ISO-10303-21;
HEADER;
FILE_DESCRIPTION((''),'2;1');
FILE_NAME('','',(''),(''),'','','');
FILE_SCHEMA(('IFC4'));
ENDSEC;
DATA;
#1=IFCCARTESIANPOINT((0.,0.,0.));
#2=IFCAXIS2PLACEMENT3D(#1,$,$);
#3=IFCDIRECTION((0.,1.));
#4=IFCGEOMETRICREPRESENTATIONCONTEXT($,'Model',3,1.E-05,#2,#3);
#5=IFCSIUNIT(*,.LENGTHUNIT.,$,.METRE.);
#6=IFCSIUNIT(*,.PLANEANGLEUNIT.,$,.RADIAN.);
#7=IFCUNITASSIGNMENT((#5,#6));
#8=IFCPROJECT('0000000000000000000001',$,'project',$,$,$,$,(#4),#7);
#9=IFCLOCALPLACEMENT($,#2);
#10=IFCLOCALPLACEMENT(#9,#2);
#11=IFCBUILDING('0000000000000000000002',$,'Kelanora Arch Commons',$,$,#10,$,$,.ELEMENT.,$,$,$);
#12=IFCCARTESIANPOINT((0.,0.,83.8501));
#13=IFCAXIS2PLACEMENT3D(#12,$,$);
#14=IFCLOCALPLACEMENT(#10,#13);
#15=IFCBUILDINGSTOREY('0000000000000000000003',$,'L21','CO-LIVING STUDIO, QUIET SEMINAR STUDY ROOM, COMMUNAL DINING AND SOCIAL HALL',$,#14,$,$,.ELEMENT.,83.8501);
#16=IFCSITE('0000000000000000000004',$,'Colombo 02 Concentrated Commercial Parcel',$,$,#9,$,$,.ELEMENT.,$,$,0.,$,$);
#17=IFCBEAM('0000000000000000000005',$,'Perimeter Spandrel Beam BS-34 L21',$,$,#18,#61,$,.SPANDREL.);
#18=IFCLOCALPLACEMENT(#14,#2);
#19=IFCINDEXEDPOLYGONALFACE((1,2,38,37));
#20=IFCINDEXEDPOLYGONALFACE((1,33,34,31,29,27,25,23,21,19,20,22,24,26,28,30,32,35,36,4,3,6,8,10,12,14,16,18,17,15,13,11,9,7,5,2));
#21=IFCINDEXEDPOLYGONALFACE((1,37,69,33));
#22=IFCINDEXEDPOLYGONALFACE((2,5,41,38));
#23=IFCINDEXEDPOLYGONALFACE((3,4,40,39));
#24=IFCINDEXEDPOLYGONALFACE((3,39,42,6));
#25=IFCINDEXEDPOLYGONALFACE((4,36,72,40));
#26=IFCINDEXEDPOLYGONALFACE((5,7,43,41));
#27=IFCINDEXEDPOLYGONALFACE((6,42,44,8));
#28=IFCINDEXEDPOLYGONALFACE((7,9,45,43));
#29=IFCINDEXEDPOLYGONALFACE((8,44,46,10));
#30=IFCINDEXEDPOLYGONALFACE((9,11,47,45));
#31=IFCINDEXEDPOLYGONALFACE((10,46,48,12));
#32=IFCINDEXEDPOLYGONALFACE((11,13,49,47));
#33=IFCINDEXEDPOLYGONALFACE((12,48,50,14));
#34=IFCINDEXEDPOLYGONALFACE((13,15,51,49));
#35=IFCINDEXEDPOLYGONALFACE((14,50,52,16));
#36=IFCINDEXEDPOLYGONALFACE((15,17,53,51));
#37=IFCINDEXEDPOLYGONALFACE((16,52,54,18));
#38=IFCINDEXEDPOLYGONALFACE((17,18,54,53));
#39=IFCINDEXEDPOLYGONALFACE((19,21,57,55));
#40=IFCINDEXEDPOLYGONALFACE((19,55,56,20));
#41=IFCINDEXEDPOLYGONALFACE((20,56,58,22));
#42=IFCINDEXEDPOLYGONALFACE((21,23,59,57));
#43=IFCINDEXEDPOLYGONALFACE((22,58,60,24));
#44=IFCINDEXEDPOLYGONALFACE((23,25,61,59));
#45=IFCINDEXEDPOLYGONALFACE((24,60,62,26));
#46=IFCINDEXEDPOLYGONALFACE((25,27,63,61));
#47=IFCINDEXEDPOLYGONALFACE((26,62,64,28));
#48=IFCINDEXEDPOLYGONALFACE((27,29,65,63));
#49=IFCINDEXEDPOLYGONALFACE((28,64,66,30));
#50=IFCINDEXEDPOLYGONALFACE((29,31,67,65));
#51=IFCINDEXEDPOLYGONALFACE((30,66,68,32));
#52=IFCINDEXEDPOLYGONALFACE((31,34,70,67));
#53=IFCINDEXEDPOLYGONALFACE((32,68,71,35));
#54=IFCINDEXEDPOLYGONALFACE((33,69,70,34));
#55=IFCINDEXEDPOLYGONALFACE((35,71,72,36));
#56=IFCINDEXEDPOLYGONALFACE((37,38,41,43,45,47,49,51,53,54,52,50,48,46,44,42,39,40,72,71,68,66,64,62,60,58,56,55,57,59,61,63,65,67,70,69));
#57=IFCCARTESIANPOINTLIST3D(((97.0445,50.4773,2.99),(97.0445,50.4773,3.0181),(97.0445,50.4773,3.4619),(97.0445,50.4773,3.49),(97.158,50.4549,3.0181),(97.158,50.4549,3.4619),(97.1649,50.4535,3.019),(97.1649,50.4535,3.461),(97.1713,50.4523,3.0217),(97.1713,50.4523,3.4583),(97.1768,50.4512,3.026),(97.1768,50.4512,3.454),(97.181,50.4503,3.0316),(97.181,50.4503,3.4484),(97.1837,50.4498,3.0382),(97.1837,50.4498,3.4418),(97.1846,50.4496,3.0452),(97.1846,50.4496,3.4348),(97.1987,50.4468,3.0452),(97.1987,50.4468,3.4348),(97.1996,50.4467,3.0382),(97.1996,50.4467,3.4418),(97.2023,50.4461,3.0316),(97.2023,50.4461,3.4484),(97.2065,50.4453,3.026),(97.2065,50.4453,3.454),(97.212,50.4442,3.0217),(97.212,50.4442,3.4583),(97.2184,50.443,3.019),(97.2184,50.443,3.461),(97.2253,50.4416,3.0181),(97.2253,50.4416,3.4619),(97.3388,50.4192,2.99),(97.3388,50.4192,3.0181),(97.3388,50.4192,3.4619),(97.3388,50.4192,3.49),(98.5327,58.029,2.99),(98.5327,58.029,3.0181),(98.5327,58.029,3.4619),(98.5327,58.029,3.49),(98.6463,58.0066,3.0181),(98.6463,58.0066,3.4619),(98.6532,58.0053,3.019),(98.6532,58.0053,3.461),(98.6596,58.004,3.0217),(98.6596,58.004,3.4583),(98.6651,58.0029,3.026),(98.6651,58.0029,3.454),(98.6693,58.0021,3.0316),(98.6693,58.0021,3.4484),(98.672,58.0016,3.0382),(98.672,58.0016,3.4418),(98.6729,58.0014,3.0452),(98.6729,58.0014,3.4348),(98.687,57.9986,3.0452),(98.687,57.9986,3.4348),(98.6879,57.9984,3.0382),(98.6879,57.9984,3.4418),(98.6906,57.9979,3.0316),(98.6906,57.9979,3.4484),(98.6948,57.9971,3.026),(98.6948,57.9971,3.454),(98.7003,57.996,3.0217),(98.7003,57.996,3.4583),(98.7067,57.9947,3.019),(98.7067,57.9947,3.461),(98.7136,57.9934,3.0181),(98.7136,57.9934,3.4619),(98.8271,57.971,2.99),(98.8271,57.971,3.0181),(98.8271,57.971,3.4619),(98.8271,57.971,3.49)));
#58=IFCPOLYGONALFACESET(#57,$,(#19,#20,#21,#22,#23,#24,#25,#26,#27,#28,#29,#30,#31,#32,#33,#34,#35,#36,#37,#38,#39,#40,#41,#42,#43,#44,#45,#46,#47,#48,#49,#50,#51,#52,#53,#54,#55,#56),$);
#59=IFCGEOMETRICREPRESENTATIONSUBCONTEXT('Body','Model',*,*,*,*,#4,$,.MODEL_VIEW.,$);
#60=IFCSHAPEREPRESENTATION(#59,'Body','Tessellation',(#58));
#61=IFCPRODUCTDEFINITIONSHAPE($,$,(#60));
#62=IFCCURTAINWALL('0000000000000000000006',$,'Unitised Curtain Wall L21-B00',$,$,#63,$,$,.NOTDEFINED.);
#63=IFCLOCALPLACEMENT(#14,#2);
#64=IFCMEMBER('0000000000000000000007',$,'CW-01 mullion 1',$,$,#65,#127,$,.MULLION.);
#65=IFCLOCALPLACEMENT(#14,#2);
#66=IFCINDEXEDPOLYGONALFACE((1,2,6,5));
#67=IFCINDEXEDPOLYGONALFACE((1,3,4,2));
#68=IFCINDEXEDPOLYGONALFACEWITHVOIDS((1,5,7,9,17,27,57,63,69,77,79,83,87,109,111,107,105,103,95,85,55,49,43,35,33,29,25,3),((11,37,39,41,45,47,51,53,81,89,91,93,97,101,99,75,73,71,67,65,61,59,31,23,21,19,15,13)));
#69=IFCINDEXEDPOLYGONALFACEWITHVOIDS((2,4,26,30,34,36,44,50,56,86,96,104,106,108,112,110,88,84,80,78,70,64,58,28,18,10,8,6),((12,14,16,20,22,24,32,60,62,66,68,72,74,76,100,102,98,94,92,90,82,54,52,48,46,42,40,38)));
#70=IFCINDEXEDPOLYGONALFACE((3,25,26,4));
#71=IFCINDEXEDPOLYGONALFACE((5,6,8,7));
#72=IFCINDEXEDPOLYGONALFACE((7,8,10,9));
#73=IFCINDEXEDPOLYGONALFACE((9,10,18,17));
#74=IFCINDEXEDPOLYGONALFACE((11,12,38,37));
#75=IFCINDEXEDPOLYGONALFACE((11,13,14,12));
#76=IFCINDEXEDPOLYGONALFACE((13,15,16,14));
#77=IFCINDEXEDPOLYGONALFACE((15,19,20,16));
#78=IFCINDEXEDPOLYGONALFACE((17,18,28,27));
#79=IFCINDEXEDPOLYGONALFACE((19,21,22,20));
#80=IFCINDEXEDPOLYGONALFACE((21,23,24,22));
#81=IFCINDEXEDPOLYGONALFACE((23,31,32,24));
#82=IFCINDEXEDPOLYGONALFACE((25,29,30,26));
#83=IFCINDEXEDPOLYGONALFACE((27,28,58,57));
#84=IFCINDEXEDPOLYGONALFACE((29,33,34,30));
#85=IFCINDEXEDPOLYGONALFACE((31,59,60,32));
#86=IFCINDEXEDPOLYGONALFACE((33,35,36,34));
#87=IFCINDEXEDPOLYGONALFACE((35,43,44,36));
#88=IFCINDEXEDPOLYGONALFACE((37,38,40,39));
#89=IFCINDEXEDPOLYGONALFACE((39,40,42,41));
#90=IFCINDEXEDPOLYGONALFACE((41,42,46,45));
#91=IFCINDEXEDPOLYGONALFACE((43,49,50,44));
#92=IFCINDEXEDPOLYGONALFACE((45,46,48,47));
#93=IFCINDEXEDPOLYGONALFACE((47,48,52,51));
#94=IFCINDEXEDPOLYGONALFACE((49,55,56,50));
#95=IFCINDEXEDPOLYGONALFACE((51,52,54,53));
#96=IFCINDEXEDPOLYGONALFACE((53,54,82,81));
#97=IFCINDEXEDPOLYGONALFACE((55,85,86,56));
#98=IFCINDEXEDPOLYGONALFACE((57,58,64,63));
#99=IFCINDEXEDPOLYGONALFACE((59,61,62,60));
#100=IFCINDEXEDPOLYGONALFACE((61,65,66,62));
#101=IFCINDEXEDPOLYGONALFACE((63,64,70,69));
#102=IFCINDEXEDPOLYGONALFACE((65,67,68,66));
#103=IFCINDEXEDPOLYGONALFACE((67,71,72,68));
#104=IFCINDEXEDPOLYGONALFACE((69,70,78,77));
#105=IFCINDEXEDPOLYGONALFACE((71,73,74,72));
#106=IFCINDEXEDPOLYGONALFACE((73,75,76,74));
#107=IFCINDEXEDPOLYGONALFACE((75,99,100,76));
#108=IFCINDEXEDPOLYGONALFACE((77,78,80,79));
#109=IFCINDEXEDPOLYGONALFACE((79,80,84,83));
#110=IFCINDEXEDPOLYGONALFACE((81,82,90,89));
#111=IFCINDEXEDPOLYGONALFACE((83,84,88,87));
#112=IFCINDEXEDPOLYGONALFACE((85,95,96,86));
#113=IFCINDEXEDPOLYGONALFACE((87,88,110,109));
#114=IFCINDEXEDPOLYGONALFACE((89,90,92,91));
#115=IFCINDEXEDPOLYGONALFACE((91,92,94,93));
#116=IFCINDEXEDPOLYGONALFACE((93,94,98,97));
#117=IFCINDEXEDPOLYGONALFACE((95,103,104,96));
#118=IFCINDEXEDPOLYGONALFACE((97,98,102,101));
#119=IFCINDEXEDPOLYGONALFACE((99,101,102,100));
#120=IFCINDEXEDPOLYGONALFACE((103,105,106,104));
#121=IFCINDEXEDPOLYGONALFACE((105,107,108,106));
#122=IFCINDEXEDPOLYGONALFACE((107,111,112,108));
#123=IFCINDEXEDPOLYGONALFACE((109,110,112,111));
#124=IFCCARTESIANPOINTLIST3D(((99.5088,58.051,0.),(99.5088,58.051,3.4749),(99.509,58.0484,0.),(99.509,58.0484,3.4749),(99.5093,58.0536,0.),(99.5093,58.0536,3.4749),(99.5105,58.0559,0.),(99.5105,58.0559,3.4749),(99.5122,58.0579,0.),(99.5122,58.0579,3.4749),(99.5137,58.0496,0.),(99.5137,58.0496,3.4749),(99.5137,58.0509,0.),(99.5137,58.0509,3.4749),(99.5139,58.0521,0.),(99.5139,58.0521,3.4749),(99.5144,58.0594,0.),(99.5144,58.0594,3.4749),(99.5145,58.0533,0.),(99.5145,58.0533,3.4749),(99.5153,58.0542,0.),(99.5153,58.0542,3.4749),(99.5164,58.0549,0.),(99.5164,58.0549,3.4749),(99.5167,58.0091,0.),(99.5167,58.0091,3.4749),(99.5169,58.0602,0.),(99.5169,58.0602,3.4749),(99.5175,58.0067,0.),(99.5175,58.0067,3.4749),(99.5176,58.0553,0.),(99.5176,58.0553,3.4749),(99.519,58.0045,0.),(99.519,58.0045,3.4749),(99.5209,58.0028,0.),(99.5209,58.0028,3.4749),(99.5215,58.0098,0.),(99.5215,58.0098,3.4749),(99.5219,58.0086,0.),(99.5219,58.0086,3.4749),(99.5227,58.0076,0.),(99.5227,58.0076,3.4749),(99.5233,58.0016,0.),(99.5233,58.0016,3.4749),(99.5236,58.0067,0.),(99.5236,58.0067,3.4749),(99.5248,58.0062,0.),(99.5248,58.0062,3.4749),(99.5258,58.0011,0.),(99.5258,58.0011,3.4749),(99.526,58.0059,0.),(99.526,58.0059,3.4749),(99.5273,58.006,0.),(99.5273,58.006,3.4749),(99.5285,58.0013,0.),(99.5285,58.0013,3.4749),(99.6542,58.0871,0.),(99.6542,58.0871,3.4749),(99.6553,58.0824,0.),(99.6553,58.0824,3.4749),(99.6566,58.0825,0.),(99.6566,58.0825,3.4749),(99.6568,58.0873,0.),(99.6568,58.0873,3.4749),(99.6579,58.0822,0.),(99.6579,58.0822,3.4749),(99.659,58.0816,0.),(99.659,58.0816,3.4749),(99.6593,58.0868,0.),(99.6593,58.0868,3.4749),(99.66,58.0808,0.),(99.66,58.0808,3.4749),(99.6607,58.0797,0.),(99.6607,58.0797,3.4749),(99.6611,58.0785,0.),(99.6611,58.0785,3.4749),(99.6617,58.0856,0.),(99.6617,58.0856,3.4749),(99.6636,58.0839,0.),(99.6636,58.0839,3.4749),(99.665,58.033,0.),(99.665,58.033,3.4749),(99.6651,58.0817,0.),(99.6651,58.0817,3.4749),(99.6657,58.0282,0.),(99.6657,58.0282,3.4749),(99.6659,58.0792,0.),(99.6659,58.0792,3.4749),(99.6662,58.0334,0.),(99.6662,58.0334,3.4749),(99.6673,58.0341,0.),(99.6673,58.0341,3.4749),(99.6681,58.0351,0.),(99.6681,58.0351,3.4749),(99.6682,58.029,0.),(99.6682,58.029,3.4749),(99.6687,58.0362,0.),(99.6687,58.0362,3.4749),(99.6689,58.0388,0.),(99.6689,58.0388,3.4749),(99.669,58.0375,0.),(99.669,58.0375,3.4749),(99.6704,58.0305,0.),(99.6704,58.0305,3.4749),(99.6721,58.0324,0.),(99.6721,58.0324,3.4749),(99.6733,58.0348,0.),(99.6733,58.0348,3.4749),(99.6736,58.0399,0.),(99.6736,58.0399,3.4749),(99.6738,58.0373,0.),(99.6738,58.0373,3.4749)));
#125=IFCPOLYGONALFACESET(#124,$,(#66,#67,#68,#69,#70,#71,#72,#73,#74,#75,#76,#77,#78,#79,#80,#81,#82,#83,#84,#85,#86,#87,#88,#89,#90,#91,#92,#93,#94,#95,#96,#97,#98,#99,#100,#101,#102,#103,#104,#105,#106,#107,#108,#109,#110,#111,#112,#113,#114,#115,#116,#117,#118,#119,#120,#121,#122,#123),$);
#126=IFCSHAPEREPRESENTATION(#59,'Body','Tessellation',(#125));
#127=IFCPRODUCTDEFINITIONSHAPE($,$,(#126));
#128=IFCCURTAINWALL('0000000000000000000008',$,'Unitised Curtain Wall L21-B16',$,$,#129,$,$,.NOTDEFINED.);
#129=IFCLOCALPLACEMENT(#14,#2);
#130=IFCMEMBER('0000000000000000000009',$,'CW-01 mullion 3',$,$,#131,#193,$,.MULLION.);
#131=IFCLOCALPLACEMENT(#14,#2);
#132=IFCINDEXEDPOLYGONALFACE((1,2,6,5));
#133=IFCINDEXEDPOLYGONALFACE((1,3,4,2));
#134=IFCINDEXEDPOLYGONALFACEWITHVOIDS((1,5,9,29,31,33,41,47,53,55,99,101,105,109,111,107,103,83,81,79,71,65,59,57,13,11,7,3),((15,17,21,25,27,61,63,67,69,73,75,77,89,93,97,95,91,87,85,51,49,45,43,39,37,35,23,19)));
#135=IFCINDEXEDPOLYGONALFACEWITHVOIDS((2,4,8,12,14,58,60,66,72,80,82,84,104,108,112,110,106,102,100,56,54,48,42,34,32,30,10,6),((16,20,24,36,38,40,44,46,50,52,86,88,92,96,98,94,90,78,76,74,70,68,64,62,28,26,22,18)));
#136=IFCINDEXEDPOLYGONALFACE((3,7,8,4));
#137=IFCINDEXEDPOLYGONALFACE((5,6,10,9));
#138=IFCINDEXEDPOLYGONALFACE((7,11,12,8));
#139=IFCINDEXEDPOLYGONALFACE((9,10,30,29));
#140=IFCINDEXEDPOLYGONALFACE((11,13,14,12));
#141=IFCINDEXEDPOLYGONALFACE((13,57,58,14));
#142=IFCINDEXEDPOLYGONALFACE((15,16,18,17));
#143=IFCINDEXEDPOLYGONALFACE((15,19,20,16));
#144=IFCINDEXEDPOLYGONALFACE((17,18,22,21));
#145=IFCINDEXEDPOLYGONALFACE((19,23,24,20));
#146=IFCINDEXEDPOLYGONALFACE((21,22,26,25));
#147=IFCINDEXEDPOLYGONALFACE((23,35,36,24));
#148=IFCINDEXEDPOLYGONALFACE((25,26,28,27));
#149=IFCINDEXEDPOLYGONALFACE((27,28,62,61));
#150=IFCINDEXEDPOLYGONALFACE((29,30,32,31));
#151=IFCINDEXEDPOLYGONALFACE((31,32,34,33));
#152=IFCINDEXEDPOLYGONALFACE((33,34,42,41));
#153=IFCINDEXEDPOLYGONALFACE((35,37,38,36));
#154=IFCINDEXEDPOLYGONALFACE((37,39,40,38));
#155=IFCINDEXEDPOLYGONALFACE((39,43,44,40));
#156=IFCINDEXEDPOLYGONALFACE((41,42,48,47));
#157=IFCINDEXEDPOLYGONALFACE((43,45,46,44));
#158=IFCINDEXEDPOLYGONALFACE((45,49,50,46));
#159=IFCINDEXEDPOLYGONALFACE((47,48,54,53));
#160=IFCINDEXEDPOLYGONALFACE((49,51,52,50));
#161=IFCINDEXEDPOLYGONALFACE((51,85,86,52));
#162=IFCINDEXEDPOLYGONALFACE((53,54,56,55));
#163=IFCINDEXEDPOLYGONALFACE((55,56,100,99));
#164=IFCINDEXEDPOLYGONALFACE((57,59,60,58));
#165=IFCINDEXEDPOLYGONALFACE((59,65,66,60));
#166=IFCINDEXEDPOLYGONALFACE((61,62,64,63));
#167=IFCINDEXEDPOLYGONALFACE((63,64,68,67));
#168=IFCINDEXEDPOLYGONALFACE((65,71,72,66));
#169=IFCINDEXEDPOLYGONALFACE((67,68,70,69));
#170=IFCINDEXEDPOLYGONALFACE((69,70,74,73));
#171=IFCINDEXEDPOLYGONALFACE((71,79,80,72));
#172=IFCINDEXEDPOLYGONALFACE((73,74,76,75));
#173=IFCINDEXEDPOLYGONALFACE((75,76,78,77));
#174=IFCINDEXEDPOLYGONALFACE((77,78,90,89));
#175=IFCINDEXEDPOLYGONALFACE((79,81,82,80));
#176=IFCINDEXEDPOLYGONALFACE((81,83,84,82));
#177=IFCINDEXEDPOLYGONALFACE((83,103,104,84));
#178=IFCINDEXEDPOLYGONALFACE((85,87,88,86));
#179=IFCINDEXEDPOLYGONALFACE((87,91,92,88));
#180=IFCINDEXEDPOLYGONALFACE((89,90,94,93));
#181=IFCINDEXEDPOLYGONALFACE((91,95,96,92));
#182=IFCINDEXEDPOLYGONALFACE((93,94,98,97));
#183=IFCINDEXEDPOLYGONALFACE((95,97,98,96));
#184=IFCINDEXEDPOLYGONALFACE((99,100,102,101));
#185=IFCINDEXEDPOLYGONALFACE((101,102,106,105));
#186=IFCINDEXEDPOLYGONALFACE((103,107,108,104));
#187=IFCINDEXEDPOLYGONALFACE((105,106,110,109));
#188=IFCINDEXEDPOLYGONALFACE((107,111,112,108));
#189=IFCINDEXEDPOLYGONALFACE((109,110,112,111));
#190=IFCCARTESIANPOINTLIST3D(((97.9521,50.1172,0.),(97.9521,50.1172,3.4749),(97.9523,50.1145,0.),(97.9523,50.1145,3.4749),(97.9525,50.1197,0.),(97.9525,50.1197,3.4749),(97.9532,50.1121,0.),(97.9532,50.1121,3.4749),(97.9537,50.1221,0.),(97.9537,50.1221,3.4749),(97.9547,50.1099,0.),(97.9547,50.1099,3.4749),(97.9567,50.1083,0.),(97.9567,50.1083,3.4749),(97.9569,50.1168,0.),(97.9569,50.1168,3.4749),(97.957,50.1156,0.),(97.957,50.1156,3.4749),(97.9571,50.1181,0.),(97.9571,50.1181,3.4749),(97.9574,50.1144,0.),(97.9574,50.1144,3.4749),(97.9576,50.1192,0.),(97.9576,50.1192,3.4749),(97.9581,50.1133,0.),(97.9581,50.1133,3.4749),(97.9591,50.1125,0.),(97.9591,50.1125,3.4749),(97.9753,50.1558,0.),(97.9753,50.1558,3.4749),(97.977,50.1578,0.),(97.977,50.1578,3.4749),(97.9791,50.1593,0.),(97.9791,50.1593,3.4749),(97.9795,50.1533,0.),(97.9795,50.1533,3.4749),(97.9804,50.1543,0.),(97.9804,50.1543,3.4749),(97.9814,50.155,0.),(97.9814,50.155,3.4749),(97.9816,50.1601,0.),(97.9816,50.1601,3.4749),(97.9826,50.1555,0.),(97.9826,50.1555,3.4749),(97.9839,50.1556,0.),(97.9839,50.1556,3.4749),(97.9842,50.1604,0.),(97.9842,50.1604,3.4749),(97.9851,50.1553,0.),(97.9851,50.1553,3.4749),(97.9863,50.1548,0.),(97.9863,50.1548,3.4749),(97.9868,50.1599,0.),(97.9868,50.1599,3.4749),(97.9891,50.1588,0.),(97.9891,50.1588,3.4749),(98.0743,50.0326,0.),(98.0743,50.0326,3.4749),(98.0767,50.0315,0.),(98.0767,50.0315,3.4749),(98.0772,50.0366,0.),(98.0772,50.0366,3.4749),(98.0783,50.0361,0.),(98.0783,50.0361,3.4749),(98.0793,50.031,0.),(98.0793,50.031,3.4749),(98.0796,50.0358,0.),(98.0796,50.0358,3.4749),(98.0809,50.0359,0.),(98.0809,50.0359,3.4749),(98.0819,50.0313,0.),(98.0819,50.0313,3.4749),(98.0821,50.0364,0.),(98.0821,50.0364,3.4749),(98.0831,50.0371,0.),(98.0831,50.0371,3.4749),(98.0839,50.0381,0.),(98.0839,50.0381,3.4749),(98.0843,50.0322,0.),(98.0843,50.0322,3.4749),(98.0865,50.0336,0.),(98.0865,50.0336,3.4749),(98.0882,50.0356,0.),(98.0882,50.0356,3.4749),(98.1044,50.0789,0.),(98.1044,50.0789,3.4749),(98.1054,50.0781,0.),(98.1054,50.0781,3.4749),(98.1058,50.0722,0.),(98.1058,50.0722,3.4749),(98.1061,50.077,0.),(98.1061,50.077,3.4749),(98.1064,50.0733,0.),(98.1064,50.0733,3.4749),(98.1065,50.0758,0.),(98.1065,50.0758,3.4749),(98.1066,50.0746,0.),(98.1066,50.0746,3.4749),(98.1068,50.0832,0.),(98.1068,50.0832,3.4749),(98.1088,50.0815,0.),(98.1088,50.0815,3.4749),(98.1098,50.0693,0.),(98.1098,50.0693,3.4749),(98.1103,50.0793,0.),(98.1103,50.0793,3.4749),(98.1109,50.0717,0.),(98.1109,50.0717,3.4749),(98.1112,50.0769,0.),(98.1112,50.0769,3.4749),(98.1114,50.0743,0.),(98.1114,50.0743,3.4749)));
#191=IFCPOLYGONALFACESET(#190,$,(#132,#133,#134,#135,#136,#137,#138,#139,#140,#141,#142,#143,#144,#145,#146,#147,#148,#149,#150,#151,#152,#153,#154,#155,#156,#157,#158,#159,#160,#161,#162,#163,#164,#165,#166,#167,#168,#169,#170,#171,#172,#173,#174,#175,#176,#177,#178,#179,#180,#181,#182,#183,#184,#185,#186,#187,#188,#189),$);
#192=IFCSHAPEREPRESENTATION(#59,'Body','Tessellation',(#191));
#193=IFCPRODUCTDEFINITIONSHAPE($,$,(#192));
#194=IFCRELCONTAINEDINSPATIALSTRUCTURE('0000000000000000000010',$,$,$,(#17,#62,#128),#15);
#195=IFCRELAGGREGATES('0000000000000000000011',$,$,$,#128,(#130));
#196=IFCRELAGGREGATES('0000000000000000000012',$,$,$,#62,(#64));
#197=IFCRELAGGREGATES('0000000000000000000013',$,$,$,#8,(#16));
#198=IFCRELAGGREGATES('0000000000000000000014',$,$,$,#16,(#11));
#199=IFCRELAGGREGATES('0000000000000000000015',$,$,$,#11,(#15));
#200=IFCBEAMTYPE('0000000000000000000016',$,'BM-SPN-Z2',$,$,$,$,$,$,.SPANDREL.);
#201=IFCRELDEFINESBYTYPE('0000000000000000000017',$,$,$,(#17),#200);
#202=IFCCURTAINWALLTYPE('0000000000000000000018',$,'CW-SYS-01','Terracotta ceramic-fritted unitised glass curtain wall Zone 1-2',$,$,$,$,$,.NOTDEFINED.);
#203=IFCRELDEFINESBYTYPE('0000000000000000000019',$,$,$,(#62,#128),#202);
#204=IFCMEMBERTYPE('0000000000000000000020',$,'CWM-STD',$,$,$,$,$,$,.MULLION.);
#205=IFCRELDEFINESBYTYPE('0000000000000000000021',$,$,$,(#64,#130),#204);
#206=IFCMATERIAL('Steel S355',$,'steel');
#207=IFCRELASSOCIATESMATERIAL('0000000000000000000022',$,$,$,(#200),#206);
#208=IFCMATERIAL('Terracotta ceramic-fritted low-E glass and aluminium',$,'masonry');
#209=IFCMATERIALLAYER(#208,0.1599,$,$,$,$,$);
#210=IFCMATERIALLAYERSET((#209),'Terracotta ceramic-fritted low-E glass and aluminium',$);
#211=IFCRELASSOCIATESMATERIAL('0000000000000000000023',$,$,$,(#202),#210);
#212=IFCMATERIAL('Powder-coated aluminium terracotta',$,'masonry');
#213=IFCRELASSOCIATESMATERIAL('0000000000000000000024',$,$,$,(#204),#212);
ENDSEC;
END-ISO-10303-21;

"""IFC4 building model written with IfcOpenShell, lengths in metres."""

from ifc_helpers import new_model, si_unit, direction, frame, origin, origin_2d, place, context, subcontext, project, spatial, hollow_rectangle, i_section, extrude, material, layer, layer_set, material_profile, profile_set, type_object, element, aggregate, save


model = new_model("IFC4")

# Units and contexts
model_context = context("Model", 3, precision=1e-05, world=origin(), true_north=direction((0.0, 1.0)))
body_context = subcontext(model_context, "Body", "Model", "MODEL_VIEW")
ifc_project = project(units=[si_unit("LENGTHUNIT", "METRE"), si_unit("PLANEANGLEUNIT", "RADIAN")], contexts=[model_context])

# Site, building, storey
site_placement = place(None, origin())
site = spatial("IfcSite", under=ifc_project, at=site_placement, Name="Colombo 02 Concentrated Commercial Parcel", CompositionType="ELEMENT", RefElevation=0.0)
building_placement = place(site_placement, origin())
building = spatial("IfcBuilding", under=site, at=building_placement, Name="Kelanora Arch Commons", CompositionType="ELEMENT")
storey_placement = place(building_placement, frame((0.0, 0.0, 83.8501)))
storey = spatial("IfcBuildingStorey", under=building, at=storey_placement, Name="L21", Description="CO-LIVING STUDIO, QUIET SEMINAR STUDY ROOM, COMMUNAL DINING AND SOCIAL HALL", CompositionType="ELEMENT", Elevation=83.8501)

# Beam
ifc_material_1 = material(Name="Steel S355", Category="steel")
ifc_material_profile_1 = material_profile(ifc_material_1, i_section(OverallWidth=0.3, OverallDepth=0.5, WebThickness=0.0144, FlangeThickness=0.0281, FilletRadius=0.0271, at=origin_2d()), Name="HEB500")
ifc_profile_set_1 = profile_set([ifc_material_profile_1], Name="Steel S355")
beam_type_1 = type_object("IfcBeamType", Name="BM-SPN-Z2", PredefinedType="SPANDREL", material=ifc_profile_set_1)
for number, where, z_axis, x_axis, name in (
    (1, (97.1917, 50.4482, 3.24), (0.193358, 0.981128, 0.0), (-0.981128, 0.193358, 0.0), "Perimeter Spandrel Beam BS-34 L21"),
):
    element("IfcBeam", number, at=place(storey_placement, frame(where, z_axis=z_axis, x_axis=x_axis)), inside=storey, type_object=beam_type_1, Name=name, PredefinedType="SPANDREL", context=body_context, shape_type="SweptSolid", body=[
        extrude(i_section(OverallWidth=0.3, OverallDepth=0.5, WebThickness=0.0144, FlangeThickness=0.0281, FilletRadius=0.0271, at=origin_2d()), origin(), (0.0, 0.0, 1.0), 7.697),
    ])

# Curtain walls, members
ifc_material_2 = material(Name="Terracotta ceramic-fritted low-E glass and aluminium", Category="masonry")
ifc_layer_1 = layer(ifc_material_2, 0.1599)
ifc_layer_set_1 = layer_set([ifc_layer_1], Name="Terracotta ceramic-fritted low-E glass and aluminium")
curtain_wall_type = type_object("IfcCurtainWallType", Name="CW-SYS-01", Description="Terracotta ceramic-fritted unitised glass curtain wall Zone 1-2", PredefinedType="NOTDEFINED", material=ifc_layer_set_1)
curtain_wall_1_placement = place(storey_placement, origin())
curtain_wall_1 = element("IfcCurtainWall", 2, at=curtain_wall_1_placement, inside=storey, type_object=curtain_wall_type, Name="Unitised Curtain Wall L21-B00", PredefinedType="NOTDEFINED")
ifc_material_3 = material(Name="Powder-coated aluminium terracotta", Category="masonry")
ifc_material_profile_2 = material_profile(ifc_material_3, hollow_rectangle(XDim=0.1599, YDim=0.0601, WallThickness=0.0049, InnerFilletRadius=0.0049, OuterFilletRadius=0.01, at=origin_2d()), Name="CWM160x60")
ifc_profile_set_2 = profile_set([ifc_material_profile_2], Name="Powder-coated aluminium terracotta")
member_type_1 = type_object("IfcMemberType", Name="CWM-STD", PredefinedType="MULLION", material=ifc_profile_set_2)
member_1_placement = place(storey_placement, frame((99.5913, 58.0442, 0.0), z_axis=(0.0, 0.0, 1.0), x_axis=(-0.98128, -0.192585, 0.0)))
member_1 = element("IfcMember", 3, at=member_1_placement, type_object=member_type_1, Name="CW-01 mullion 1", PredefinedType="MULLION", context=body_context, shape_type="SweptSolid", body=[
    extrude(hollow_rectangle(XDim=0.1599, YDim=0.0601, WallThickness=0.0049, InnerFilletRadius=0.0049, OuterFilletRadius=0.01, at=origin_2d()), origin(), (0.0, 0.0, 1.0), 3.4749),
])
curtain_wall_2_placement = place(storey_placement, origin())
curtain_wall_2 = element("IfcCurtainWall", 4, at=curtain_wall_2_placement, inside=storey, type_object=curtain_wall_type, Name="Unitised Curtain Wall L21-B16", PredefinedType="NOTDEFINED")
member_2_placement = place(storey_placement, frame((98.0317, 50.0957, 0.0), z_axis=(0.0, 0.0, 1.0), x_axis=(-0.841269, 0.540617, 0.0)))
member_2 = element("IfcMember", 5, at=member_2_placement, type_object=member_type_1, Name="CW-01 mullion 3", PredefinedType="MULLION", context=body_context, shape_type="SweptSolid", body=[
    extrude(hollow_rectangle(XDim=0.1599, YDim=0.0601, WallThickness=0.0049, InnerFilletRadius=0.0049, OuterFilletRadius=0.01, at=origin_2d()), origin(), (0.0, 0.0, 1.0), 3.4749),
])
aggregate(curtain_wall_2, [member_2])

aggregate(curtain_wall_1, [member_1])

save(model, "model.ifc")
